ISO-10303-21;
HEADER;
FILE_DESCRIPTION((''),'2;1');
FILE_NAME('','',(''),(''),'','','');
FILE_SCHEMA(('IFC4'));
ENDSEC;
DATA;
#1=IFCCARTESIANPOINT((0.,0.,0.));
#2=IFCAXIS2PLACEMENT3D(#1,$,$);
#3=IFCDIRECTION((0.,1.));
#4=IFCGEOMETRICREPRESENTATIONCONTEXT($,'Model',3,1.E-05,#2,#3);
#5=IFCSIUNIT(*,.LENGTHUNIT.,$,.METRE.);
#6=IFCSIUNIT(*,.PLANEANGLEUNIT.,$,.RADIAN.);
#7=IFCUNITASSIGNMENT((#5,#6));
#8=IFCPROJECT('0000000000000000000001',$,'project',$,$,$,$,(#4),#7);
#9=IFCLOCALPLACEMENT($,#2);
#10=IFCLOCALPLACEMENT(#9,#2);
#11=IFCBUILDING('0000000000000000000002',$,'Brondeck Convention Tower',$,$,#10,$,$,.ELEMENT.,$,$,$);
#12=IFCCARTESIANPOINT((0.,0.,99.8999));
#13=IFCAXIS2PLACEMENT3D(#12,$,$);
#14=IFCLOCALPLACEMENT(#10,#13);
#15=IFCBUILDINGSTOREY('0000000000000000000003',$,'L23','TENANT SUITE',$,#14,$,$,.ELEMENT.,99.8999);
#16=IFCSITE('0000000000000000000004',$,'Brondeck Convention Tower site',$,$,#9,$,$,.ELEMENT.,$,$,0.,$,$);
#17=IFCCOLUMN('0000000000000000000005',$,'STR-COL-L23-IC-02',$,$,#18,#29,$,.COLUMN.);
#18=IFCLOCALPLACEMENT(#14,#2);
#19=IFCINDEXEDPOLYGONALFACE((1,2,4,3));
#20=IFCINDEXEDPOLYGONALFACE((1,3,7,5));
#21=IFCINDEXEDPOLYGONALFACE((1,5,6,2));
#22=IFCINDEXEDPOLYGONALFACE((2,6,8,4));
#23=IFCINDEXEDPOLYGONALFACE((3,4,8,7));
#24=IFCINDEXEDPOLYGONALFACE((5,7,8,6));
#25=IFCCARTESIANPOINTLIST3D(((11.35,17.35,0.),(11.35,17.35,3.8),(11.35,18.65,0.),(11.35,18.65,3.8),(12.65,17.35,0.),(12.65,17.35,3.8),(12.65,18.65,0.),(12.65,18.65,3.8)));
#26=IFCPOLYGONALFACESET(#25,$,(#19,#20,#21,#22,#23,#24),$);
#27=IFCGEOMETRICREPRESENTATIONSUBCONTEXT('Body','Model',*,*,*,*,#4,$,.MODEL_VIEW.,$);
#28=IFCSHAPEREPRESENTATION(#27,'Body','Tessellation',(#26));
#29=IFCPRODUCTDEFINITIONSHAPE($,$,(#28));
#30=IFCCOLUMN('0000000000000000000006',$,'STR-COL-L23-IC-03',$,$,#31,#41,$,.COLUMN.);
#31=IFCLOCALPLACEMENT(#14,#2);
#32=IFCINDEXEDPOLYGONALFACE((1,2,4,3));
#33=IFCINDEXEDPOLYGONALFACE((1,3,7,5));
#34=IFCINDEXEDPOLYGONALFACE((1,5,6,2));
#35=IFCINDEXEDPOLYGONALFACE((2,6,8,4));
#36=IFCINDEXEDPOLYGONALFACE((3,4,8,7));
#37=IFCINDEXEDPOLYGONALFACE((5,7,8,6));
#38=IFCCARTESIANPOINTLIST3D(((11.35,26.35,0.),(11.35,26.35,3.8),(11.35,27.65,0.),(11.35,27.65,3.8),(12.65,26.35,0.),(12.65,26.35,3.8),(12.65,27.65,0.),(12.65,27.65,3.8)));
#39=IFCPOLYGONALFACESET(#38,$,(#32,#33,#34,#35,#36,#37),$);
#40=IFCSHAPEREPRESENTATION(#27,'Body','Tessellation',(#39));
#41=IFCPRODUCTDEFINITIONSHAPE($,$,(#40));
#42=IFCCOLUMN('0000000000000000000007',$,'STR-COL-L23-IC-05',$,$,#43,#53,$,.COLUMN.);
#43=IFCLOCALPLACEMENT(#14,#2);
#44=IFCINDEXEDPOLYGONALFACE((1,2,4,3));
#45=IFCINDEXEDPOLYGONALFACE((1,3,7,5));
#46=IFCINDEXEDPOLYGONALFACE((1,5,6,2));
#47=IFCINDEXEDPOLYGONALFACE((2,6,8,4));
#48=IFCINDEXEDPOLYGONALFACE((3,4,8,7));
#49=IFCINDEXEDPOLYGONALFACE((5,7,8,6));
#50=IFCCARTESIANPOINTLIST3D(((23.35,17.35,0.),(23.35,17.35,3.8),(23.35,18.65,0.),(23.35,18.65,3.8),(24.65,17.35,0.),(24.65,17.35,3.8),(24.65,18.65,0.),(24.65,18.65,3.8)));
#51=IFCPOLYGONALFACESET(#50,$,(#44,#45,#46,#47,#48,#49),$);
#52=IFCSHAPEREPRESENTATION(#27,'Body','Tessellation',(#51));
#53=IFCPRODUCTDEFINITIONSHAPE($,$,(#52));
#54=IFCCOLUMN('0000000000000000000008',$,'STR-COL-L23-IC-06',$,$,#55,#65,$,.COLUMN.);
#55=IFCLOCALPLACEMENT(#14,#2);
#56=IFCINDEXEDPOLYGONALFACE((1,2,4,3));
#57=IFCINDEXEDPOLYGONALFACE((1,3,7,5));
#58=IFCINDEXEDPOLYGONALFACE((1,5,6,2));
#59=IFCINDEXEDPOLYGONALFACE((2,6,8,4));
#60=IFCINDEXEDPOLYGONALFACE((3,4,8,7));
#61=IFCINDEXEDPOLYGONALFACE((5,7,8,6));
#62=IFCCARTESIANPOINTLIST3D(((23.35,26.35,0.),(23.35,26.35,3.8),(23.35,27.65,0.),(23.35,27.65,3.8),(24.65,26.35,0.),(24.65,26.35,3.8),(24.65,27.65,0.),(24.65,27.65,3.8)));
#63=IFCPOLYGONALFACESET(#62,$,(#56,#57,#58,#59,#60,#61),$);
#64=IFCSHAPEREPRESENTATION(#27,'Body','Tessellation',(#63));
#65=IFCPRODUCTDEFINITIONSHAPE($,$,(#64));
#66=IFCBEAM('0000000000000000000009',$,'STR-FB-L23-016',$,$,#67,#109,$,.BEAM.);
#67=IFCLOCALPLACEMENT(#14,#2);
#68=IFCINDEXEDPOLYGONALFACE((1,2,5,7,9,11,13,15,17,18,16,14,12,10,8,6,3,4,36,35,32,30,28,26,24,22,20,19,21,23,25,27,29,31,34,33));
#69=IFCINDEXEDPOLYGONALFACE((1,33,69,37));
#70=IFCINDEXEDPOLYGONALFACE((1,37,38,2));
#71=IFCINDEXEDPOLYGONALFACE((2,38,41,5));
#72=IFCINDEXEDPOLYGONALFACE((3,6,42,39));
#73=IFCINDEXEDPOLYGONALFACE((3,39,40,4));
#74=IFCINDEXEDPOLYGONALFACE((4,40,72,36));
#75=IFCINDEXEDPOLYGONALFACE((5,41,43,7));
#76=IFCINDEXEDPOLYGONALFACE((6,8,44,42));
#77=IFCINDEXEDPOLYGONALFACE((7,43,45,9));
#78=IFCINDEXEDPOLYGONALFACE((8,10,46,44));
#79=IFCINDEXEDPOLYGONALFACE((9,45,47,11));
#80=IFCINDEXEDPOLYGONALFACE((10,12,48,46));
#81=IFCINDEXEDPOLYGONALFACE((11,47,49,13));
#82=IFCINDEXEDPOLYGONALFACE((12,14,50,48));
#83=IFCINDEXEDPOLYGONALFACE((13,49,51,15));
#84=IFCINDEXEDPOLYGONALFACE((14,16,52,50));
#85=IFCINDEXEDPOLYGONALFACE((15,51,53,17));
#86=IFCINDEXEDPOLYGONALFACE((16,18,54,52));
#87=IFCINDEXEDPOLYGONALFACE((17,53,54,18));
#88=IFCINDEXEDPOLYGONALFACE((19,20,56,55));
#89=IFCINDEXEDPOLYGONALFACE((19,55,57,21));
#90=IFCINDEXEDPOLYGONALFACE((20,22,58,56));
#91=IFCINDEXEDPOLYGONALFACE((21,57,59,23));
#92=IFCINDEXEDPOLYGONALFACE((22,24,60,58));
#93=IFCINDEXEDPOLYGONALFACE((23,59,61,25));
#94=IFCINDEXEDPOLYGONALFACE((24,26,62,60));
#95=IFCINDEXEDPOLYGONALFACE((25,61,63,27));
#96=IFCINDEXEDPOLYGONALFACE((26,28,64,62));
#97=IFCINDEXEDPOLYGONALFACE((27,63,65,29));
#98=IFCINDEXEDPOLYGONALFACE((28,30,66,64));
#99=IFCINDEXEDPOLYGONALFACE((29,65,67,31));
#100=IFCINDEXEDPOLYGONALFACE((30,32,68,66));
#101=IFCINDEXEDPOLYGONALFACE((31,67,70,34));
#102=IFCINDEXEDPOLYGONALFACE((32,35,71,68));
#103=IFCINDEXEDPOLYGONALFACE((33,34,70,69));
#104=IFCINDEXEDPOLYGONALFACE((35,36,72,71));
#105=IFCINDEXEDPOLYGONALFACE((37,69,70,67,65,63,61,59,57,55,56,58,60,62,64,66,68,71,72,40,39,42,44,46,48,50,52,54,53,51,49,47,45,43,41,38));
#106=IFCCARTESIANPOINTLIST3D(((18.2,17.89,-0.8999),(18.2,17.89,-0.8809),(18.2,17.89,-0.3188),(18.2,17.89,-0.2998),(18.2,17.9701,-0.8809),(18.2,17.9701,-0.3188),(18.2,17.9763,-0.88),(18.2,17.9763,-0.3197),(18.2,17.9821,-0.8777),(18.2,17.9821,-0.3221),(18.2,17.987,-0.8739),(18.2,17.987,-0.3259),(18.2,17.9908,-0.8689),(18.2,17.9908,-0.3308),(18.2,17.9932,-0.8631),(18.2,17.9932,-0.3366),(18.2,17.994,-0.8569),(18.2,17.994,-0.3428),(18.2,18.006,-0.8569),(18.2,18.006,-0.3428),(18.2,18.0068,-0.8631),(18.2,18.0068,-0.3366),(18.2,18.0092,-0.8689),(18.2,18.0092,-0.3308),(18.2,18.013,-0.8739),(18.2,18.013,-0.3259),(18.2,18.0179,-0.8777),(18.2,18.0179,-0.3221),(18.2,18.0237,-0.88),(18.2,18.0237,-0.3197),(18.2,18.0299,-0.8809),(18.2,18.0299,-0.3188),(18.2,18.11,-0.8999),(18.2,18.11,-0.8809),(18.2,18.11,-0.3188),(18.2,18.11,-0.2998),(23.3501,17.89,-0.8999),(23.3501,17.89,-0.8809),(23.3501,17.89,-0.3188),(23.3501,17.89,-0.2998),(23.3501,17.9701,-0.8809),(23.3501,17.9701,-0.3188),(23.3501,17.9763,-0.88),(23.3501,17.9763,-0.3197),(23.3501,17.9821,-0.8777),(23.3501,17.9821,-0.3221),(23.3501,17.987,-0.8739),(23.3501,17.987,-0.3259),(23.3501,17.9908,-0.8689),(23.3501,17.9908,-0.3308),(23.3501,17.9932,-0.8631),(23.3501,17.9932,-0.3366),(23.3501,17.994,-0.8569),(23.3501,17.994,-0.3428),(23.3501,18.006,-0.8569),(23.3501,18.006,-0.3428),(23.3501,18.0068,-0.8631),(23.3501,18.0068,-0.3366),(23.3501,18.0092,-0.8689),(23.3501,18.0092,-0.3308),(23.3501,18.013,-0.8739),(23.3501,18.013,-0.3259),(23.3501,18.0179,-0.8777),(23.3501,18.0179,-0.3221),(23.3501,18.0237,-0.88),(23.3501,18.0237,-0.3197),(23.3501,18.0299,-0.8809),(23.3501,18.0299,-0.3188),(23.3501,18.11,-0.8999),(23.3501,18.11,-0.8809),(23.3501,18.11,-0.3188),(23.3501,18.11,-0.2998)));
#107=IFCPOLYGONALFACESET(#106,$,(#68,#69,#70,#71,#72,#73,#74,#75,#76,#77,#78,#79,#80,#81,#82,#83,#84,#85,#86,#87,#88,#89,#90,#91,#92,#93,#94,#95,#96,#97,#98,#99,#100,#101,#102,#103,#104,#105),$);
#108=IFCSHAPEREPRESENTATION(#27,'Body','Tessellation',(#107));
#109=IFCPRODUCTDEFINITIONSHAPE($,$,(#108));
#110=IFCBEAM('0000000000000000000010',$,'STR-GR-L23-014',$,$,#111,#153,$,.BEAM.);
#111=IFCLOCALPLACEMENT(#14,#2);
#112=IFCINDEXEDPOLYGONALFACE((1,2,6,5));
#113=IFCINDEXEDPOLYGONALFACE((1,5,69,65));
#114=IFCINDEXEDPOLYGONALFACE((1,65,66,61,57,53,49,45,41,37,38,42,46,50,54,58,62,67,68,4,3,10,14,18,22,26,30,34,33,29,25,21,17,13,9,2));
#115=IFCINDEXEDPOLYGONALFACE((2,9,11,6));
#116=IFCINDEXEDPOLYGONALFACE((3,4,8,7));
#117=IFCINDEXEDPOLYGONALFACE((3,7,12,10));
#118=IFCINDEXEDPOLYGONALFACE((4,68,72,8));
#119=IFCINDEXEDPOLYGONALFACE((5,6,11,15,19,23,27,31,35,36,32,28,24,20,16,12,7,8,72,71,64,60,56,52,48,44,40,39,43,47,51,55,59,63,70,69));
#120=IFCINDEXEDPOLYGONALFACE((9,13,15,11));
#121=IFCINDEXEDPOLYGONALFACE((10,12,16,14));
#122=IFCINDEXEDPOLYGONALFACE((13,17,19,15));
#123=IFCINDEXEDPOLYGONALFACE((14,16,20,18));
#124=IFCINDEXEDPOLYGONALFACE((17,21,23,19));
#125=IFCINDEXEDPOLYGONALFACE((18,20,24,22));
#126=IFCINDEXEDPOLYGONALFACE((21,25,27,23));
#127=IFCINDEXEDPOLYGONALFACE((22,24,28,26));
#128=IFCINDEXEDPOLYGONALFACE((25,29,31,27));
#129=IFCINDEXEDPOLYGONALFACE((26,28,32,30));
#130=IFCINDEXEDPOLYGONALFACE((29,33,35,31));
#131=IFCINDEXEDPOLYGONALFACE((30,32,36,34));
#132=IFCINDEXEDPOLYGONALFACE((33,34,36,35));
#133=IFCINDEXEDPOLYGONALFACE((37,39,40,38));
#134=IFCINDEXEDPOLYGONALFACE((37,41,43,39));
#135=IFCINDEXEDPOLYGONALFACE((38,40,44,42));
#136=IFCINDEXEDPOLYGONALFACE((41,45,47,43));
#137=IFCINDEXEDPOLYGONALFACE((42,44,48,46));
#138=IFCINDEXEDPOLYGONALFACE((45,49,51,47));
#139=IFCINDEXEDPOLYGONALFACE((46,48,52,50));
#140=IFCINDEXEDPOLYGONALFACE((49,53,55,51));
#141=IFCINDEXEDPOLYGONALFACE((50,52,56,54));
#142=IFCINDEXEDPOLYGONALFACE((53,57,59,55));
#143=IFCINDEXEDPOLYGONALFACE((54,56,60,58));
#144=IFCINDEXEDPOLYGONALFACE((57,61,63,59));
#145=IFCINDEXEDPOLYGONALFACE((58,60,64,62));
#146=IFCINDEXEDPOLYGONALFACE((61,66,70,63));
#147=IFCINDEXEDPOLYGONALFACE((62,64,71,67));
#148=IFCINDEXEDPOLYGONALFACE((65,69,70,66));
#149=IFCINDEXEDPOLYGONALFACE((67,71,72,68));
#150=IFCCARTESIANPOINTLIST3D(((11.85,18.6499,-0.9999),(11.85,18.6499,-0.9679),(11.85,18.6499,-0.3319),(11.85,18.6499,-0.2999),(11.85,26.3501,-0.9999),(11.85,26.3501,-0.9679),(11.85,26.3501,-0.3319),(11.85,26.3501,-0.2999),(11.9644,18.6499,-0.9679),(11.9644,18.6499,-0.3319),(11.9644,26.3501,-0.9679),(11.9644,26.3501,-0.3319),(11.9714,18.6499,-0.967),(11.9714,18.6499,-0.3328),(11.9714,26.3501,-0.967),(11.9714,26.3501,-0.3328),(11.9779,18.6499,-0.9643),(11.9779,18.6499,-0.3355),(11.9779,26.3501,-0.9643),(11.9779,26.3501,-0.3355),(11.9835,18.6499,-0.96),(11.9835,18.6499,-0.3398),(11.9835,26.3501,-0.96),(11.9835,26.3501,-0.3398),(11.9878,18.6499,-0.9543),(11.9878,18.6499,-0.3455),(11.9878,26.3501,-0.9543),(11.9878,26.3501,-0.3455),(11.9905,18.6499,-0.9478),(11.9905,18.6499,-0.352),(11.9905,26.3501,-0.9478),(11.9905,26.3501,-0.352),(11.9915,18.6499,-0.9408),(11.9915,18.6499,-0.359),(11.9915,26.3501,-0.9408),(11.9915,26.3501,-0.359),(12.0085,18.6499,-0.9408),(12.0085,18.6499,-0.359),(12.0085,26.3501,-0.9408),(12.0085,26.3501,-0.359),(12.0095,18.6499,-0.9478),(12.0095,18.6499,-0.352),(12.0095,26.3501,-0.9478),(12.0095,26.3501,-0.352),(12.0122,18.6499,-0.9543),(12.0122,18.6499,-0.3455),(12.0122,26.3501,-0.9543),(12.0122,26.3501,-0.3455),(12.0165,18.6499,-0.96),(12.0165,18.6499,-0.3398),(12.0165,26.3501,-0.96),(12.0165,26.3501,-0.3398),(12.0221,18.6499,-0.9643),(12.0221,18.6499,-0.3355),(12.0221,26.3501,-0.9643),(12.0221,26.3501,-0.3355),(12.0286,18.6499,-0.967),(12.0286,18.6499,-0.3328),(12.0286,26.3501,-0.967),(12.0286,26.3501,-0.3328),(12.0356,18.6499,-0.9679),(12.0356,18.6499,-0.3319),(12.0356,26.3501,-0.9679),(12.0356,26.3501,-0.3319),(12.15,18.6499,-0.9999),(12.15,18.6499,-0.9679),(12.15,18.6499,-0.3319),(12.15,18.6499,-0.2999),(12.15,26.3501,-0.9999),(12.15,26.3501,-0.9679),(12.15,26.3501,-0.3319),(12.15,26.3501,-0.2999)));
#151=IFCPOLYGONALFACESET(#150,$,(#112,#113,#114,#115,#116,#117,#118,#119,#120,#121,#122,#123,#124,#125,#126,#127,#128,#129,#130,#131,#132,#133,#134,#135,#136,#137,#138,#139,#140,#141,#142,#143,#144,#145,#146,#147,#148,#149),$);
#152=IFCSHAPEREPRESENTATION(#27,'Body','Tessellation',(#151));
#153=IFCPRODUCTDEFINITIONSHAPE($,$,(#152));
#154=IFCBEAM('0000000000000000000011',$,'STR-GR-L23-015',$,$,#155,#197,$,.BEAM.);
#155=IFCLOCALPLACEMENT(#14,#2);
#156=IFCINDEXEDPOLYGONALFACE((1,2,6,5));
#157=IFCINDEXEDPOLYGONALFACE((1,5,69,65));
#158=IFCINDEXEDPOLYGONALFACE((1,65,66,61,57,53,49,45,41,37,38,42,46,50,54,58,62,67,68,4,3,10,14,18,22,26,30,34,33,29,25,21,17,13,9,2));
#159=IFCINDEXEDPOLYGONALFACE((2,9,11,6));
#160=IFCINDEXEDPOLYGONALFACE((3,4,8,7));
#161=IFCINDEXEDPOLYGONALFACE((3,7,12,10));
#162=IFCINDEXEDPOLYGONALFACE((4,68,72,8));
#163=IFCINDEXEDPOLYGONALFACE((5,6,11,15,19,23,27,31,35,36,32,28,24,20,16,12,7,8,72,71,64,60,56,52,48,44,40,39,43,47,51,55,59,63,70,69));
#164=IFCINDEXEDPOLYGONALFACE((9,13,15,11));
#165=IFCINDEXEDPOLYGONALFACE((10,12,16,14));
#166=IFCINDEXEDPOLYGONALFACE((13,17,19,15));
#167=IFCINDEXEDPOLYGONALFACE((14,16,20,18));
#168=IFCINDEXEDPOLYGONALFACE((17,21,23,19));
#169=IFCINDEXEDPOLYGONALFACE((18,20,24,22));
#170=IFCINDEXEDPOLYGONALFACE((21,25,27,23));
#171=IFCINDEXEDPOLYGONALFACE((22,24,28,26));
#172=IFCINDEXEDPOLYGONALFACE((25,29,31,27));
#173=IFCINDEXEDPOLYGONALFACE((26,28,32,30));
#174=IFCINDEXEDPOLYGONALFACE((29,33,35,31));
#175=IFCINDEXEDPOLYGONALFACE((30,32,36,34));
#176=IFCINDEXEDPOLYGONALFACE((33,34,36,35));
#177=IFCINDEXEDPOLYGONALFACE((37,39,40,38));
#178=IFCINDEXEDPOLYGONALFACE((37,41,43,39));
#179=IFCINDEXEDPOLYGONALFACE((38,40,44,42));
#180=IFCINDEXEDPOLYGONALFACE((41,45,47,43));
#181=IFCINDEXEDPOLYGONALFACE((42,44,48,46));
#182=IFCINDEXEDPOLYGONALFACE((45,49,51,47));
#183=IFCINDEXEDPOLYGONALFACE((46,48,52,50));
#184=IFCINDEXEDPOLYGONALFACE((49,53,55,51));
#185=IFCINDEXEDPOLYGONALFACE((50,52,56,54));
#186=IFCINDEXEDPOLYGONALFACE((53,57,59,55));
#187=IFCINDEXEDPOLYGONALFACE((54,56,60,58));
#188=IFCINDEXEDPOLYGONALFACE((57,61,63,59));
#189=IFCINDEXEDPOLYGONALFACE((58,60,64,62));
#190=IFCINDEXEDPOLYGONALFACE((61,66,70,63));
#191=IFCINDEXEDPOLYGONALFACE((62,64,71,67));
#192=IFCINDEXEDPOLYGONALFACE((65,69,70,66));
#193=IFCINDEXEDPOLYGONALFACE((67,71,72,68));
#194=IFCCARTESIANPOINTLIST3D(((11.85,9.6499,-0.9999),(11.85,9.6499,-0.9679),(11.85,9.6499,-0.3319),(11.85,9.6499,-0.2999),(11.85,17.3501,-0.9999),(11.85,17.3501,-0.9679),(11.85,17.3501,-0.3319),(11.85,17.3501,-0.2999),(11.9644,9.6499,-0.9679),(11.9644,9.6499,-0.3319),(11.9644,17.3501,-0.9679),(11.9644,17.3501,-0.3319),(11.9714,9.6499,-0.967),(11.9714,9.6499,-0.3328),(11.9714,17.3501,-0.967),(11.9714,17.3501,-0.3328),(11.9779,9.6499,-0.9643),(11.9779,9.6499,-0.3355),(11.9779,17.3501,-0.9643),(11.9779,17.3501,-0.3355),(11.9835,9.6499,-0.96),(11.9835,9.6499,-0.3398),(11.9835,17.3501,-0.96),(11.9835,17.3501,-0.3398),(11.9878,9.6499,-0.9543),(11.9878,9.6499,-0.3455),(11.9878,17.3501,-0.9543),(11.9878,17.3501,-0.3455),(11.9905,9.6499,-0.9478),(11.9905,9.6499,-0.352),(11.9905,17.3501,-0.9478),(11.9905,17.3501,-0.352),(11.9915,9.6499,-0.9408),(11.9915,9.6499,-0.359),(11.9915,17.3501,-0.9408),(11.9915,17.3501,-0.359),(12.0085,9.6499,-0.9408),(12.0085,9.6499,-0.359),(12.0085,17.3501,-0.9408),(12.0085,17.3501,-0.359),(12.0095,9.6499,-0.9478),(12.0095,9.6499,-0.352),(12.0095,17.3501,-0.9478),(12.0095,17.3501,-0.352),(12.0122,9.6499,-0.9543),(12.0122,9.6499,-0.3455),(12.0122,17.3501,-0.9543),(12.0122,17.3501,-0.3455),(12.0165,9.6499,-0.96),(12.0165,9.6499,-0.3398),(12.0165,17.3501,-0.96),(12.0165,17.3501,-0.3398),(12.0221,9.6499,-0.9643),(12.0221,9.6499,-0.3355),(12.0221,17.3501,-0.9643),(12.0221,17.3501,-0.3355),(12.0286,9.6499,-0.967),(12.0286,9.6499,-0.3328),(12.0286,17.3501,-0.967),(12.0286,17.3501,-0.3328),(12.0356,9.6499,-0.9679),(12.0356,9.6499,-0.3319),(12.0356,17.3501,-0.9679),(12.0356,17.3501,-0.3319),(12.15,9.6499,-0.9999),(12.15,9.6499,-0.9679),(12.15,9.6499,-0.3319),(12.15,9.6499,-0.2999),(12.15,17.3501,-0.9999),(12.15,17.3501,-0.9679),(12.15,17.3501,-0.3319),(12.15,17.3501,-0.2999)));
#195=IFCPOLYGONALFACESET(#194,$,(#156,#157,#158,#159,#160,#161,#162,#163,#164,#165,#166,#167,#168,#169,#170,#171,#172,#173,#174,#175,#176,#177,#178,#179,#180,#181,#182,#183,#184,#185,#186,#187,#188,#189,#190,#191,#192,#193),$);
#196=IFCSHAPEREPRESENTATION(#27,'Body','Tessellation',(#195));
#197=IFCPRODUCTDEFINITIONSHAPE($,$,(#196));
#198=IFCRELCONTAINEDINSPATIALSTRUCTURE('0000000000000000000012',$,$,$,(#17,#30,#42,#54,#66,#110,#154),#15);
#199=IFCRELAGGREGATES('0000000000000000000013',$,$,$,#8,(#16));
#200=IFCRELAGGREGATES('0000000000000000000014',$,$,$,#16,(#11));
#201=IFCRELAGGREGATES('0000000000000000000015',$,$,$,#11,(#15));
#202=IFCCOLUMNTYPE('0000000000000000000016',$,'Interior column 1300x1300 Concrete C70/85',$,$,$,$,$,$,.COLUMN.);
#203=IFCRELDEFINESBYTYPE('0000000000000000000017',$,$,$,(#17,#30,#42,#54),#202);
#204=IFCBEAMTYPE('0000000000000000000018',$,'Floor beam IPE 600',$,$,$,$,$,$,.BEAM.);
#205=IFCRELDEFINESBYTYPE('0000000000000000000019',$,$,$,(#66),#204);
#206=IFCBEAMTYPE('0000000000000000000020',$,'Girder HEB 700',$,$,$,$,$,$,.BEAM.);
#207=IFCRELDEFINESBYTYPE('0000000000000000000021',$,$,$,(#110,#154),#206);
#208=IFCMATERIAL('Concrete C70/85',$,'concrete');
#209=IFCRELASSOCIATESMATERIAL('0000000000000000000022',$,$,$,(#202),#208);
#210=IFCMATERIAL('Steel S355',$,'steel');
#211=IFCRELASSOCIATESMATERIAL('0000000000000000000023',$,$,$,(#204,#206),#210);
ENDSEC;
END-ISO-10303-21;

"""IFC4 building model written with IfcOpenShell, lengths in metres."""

from ifc_helpers import new_model, si_unit, direction, frame, origin, origin_2d, place, context, subcontext, project, spatial, rectangle, i_section, extrude, material, material_profile, profile_set, type_object, element, save


model = new_model("IFC4")

# Units and contexts
model_context = context("Model", 3, precision=1e-05, world=origin(), true_north=direction((0.0, 1.0)))
body_context = subcontext(model_context, "Body", "Model", "MODEL_VIEW")
ifc_project = project(units=[si_unit("LENGTHUNIT", "METRE"), si_unit("PLANEANGLEUNIT", "RADIAN")], contexts=[model_context])

# Site, building, storey
site_placement = place(None, origin())
site = spatial("IfcSite", under=ifc_project, at=site_placement, Name="Brondeck Convention Tower site", CompositionType="ELEMENT", RefElevation=0.0)
building_placement = place(site_placement, origin())
building = spatial("IfcBuilding", under=site, at=building_placement, Name="Brondeck Convention Tower", CompositionType="ELEMENT")
storey_placement = place(building_placement, frame((0.0, 0.0, 99.8999)))
storey = spatial("IfcBuildingStorey", under=building, at=storey_placement, Name="L23", Description="TENANT SUITE", CompositionType="ELEMENT", Elevation=99.8999)

# Columns
ifc_material_1 = material(Name="Concrete C70/85", Category="concrete")
ifc_material_profile_1 = material_profile(ifc_material_1, rectangle(XDim=1.3, YDim=1.3, at=origin_2d()), Name="Interior column 1300x1300 Concrete C70/85")
ifc_profile_set_1 = profile_set([ifc_material_profile_1], Name="Concrete C70/85")
column_type = type_object("IfcColumnType", Name="Interior column 1300x1300 Concrete C70/85", PredefinedType="COLUMN", material=ifc_profile_set_1)
for number, where, z_axis, x_axis, name in (
    (1, (12.0, 18.0, 0.0), (0.0, 0.0, 1.0), (1.0, 0.0, 0.0), "STR-COL-L23-IC-02"),
    (2, (12.0, 27.0, 0.0), (0.0, 0.0, 1.0), (1.0, 0.0, 0.0), "STR-COL-L23-IC-03"),
    (3, (24.0, 18.0, 0.0), (0.0, 0.0, 1.0), (1.0, 0.0, 0.0), "STR-COL-L23-IC-05"),
    (4, (24.0, 27.0, 0.0), (0.0, 0.0, 1.0), (1.0, 0.0, 0.0), "STR-COL-L23-IC-06"),
):
    element("IfcColumn", number, at=place(storey_placement, frame(where, z_axis=z_axis, x_axis=x_axis)), inside=storey, type_object=column_type, Name=name, PredefinedType="COLUMN", context=body_context, shape_type="SweptSolid", body=[
        extrude(rectangle(XDim=1.3, YDim=1.3, at=origin_2d()), origin(), (0.0, 0.0, 1.0), 3.8),
    ])

# Beams
ifc_material_2 = material(Name="Steel S355", Category="steel")
ifc_material_profile_2 = material_profile(ifc_material_2, i_section(OverallWidth=0.22, OverallDepth=0.6001, WebThickness=0.012, FlangeThickness=0.019, FilletRadius=0.0239, at=origin_2d()), Name="IPE 600")
ifc_profile_set_2 = profile_set([ifc_material_profile_2], Name="Steel S355")
beam_type_1 = type_object("IfcBeamType", Name="Floor beam IPE 600", PredefinedType="BEAM", material=ifc_profile_set_2)
beam_1_placement = place(storey_placement, frame((18.2, 18.0, -0.5999), z_axis=(1.0, 0.0, 0.0), x_axis=(0.0, 1.0, 0.0)))
element("IfcBeam", 5, at=beam_1_placement, inside=storey, type_object=beam_type_1, Name="STR-FB-L23-016", PredefinedType="BEAM", context=body_context, shape_type="SweptSolid", body=[
    extrude(i_section(OverallWidth=0.22, OverallDepth=0.6001, WebThickness=0.012, FlangeThickness=0.019, FilletRadius=0.0239, at=origin_2d()), origin(), (0.0, 0.0, 1.0), 5.1501),
])
ifc_material_profile_3 = material_profile(ifc_material_2, i_section(OverallWidth=0.3, OverallDepth=0.7, WebThickness=0.0171, FlangeThickness=0.032, FilletRadius=0.0271, at=origin_2d()), Name="HEB 700")
ifc_profile_set_3 = profile_set([ifc_material_profile_3], Name="Steel S355")
beam_type_2 = type_object("IfcBeamType", Name="Girder HEB 700", PredefinedType="BEAM", material=ifc_profile_set_3)
for number, where, z_axis, x_axis, name in (
    (6, (12.0, 26.3501, -0.6499), (0.0, -1.0, 0.0), (1.0, 0.0, 0.0), "STR-GR-L23-014"),
    (7, (12.0, 17.3501, -0.6499), (0.0, -1.0, 0.0), (1.0, 0.0, 0.0), "STR-GR-L23-015"),
):
    element("IfcBeam", number, at=place(storey_placement, frame(where, z_axis=z_axis, x_axis=x_axis)), inside=storey, type_object=beam_type_2, Name=name, PredefinedType="BEAM", context=body_context, shape_type="SweptSolid", body=[
        extrude(i_section(OverallWidth=0.3, OverallDepth=0.7, WebThickness=0.0171, FlangeThickness=0.032, FilletRadius=0.0271, at=origin_2d()), origin(), (0.0, 0.0, 1.0), 7.7002),
    ])

save(model, "model.ifc")
